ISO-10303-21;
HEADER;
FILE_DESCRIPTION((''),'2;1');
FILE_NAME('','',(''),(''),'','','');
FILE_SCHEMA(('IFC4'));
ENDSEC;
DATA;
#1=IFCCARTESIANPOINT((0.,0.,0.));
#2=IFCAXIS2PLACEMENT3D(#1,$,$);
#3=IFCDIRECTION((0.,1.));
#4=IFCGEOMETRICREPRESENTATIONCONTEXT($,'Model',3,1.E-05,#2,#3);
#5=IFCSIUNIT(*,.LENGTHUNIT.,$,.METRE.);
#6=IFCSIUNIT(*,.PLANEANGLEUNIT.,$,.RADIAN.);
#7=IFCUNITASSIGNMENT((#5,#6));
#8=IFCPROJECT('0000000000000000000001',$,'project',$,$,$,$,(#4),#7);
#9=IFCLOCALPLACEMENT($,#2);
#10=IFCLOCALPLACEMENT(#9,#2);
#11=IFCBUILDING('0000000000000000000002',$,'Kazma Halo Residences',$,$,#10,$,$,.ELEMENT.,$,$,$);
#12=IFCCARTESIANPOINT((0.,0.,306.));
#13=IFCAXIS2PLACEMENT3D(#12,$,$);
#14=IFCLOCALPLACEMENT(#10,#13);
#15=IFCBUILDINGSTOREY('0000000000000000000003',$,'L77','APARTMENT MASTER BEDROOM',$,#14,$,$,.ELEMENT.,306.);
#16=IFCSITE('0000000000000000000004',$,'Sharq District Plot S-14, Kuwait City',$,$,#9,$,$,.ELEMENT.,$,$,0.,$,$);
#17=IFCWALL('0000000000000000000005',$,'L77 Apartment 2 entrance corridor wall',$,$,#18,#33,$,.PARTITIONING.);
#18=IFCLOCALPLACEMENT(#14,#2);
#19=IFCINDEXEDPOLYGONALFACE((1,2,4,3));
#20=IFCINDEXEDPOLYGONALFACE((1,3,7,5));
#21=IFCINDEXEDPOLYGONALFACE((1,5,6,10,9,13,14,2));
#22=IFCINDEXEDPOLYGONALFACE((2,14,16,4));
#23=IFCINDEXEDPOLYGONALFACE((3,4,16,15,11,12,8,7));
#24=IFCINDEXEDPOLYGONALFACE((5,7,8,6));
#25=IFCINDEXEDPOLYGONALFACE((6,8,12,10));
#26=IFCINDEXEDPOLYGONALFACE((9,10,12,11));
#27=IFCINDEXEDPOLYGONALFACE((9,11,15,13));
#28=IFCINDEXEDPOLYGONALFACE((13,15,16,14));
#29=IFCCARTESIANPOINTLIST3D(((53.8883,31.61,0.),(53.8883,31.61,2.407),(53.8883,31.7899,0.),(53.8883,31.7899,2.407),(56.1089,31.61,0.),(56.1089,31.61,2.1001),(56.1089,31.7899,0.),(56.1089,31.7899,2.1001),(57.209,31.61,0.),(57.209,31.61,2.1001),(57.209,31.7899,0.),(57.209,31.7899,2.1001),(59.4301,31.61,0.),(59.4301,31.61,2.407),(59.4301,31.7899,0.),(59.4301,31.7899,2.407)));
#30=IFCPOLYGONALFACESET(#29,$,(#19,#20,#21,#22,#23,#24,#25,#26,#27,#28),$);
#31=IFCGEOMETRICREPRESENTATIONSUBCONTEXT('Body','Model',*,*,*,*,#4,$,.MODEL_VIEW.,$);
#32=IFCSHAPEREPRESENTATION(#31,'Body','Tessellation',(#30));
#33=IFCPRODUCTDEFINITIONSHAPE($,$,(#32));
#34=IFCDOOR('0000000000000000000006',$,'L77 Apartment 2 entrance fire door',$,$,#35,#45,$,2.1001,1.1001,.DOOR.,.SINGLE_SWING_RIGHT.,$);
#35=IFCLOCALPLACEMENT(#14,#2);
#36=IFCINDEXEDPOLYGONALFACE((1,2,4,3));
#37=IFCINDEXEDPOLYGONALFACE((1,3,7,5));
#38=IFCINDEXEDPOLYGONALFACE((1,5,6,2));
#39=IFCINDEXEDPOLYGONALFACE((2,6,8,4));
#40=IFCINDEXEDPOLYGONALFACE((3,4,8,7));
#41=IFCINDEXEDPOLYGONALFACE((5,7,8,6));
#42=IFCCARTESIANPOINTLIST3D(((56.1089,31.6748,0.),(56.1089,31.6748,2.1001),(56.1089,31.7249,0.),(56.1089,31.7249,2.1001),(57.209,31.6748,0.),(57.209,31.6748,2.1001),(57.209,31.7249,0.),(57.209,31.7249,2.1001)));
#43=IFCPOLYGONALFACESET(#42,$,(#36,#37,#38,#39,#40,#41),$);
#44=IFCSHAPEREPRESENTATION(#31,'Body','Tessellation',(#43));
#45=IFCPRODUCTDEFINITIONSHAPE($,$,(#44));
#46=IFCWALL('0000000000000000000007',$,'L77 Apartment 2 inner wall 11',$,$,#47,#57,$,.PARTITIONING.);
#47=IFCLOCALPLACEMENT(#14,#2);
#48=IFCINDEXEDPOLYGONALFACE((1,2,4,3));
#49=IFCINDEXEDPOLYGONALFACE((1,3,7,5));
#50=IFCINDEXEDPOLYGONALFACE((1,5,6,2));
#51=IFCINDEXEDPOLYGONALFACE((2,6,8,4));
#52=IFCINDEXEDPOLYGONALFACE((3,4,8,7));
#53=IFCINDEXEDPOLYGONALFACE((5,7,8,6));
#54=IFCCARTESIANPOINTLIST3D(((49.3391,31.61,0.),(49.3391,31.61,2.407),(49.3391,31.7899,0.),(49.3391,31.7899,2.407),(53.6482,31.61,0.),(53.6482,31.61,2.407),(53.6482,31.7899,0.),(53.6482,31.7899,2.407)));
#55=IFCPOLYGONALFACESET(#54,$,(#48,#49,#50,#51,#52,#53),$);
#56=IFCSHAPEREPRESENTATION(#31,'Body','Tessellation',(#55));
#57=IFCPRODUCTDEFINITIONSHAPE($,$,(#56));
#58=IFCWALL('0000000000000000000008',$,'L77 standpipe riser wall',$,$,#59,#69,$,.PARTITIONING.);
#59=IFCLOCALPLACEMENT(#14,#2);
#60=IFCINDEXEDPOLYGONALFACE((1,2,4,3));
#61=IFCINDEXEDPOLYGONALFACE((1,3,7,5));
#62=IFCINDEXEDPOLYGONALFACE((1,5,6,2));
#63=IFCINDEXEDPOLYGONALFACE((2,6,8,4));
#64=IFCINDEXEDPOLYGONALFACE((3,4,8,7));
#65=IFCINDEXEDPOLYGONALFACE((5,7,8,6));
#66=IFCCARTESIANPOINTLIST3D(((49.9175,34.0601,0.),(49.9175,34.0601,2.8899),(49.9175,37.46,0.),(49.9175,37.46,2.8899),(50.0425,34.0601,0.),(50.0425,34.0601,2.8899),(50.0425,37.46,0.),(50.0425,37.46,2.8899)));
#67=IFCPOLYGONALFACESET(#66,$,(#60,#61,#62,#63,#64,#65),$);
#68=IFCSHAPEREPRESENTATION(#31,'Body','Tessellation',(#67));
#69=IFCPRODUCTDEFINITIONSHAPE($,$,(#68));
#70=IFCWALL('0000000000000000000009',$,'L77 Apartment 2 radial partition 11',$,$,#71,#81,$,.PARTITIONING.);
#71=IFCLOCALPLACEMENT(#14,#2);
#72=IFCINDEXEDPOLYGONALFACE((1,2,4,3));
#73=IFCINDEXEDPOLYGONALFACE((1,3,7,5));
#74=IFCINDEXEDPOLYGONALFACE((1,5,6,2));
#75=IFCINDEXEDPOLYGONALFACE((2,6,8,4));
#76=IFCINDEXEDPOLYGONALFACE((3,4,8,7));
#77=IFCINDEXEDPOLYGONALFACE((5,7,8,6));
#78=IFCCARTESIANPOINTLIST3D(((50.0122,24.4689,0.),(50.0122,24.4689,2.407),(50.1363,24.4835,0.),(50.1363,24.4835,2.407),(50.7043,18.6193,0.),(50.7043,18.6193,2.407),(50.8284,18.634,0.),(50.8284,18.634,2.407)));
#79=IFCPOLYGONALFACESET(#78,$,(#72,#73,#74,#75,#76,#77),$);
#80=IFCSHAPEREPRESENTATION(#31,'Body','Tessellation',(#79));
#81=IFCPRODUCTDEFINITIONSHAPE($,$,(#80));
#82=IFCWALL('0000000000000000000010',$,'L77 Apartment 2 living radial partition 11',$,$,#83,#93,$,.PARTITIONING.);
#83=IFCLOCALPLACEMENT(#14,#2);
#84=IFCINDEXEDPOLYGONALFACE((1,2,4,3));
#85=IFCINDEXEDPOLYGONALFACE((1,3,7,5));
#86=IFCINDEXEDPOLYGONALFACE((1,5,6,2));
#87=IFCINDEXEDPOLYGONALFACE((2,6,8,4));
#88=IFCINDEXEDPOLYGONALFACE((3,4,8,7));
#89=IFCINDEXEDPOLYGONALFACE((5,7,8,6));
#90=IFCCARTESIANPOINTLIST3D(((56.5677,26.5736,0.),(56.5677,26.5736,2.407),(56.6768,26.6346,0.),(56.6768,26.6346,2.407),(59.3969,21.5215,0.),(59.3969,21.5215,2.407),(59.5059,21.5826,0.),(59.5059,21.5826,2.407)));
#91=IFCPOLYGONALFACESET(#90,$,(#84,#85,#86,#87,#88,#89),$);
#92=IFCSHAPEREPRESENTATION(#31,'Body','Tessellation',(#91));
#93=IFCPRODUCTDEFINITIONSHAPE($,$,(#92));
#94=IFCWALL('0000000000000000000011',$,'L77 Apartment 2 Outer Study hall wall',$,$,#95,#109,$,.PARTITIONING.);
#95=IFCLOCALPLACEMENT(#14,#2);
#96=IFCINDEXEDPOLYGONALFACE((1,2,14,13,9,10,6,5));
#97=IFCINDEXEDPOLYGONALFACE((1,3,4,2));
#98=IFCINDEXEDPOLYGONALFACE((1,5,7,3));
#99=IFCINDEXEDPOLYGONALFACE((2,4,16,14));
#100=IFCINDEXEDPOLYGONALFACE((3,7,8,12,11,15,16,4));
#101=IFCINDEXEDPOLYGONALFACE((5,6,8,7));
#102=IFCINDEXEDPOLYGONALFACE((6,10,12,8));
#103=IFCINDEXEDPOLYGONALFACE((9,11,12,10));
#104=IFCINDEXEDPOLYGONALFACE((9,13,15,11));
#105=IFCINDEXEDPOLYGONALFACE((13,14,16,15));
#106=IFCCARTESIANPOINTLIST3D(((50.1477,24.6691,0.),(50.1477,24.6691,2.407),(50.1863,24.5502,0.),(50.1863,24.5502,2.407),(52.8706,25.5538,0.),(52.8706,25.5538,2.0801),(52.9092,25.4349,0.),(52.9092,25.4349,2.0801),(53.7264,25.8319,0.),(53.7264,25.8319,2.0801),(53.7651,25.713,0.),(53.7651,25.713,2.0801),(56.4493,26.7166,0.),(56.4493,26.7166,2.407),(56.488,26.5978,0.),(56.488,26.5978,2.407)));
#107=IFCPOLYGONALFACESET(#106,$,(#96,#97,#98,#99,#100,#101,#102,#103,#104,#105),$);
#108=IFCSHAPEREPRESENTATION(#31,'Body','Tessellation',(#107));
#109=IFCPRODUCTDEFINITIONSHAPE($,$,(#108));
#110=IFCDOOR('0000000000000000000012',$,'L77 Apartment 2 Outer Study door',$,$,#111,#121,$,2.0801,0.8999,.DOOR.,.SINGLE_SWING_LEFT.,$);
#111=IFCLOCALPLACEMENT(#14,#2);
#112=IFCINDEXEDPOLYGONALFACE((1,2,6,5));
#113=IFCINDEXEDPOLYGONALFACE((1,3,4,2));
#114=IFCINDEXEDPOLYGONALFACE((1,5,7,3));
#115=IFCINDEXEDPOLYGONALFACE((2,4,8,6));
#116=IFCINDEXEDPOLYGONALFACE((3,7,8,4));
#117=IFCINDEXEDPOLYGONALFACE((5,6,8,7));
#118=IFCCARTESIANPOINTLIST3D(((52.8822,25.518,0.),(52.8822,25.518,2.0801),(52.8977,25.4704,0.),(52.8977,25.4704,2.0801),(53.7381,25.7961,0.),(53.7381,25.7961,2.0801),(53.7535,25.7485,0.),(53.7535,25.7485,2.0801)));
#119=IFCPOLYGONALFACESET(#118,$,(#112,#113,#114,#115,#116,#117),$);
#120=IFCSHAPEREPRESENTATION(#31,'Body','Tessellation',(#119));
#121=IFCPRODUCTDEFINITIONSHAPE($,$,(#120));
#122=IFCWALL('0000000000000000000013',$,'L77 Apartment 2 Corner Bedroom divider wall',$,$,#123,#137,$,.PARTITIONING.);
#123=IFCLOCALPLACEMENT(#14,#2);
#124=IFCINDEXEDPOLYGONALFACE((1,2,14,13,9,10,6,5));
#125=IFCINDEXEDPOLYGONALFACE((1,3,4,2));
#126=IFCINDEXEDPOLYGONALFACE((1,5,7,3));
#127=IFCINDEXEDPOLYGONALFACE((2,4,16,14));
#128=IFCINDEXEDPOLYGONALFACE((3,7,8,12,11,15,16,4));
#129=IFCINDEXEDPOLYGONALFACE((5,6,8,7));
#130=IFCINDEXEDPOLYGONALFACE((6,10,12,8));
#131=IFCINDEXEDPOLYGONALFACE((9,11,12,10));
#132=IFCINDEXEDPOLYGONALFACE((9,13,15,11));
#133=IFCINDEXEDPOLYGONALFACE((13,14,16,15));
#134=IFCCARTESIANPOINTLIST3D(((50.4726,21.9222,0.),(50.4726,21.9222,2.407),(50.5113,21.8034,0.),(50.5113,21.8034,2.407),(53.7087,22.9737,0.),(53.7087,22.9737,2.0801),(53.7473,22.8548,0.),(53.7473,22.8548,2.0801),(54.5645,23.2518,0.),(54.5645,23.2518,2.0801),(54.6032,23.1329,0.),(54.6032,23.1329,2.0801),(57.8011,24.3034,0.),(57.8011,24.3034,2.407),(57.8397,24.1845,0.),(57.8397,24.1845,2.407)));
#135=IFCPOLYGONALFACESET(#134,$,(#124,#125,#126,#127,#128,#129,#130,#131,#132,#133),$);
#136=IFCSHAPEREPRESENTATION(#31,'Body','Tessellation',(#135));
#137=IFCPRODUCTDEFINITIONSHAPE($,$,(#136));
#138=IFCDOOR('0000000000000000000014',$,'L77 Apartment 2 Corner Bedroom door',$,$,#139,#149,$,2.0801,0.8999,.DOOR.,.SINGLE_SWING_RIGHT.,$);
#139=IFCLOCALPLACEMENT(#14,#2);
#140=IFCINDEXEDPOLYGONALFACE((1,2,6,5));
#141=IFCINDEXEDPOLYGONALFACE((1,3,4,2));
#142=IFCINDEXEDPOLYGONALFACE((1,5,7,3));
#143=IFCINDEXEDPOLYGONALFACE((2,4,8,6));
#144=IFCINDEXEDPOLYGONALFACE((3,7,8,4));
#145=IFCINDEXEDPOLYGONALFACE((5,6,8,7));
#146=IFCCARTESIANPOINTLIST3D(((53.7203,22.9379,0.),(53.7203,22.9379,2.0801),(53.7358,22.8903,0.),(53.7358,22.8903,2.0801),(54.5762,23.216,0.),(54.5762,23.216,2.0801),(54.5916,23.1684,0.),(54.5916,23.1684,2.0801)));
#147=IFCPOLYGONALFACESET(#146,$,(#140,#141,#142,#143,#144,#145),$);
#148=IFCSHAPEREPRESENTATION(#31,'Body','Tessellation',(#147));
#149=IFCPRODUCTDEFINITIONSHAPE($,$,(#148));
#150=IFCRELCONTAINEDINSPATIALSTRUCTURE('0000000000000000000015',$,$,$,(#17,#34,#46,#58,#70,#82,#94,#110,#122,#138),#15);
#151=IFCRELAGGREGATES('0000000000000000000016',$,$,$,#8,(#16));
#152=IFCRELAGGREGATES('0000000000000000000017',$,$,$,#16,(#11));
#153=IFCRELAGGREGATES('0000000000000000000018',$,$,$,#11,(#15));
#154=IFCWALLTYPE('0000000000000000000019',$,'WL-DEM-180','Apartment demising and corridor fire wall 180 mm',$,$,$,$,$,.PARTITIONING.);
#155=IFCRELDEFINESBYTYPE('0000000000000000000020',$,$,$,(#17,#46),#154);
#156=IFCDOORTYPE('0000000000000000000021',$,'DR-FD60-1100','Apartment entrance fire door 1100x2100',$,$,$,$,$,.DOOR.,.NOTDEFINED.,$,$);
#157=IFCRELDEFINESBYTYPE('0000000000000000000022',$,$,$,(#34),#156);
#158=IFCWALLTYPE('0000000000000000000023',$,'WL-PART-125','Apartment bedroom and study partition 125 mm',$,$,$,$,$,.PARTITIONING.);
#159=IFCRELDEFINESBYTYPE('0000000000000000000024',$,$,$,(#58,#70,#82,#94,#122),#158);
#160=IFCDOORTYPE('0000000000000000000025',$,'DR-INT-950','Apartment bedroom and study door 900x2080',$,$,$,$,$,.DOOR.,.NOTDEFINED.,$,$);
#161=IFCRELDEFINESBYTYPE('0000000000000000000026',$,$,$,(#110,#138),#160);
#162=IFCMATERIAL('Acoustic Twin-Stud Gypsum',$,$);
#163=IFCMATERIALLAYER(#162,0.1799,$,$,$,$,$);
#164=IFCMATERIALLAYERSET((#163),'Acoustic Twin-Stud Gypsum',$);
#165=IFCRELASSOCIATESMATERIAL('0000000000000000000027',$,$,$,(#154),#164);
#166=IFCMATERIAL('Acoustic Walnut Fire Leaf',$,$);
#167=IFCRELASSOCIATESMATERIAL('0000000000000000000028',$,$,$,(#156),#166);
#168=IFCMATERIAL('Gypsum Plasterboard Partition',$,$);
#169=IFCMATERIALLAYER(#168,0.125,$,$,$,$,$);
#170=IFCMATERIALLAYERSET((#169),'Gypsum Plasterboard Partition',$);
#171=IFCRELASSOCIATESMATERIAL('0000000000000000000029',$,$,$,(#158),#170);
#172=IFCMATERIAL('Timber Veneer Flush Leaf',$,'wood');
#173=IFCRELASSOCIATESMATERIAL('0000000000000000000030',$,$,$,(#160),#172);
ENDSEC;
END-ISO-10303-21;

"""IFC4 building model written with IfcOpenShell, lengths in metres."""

from ifc_helpers import new_model, si_unit, direction, frame, frame_2d, origin, place, context, subcontext, project, spatial, rectangle, extrude, material, layer, layer_set, type_object, element, fill, save


model = new_model("IFC4")

# Units and contexts
model_context = context("Model", 3, precision=1e-05, world=origin(), true_north=direction((0.0, 1.0)))
body_context = subcontext(model_context, "Body", "Model", "MODEL_VIEW")
ifc_project = project(units=[si_unit("LENGTHUNIT", "METRE"), si_unit("PLANEANGLEUNIT", "RADIAN")], contexts=[model_context])

# Site, building, storey
site_placement = place(None, origin())
site = spatial("IfcSite", under=ifc_project, at=site_placement, Name="Sharq District Plot S-14, Kuwait City", CompositionType="ELEMENT", RefElevation=0.0)
building_placement = place(site_placement, origin())
building = spatial("IfcBuilding", under=site, at=building_placement, Name="Kazma Halo Residences", CompositionType="ELEMENT")
storey_placement = place(building_placement, frame((0.0, 0.0, 306.0)))
storey = spatial("IfcBuildingStorey", under=building, at=storey_placement, Name="L77", Description="APARTMENT MASTER BEDROOM", CompositionType="ELEMENT", Elevation=306.0)

# Wall, opening, door
ifc_material_1 = material(Name="Acoustic Twin-Stud Gypsum")
ifc_layer_1 = layer(ifc_material_1, 0.1799)
ifc_layer_set_1 = layer_set([ifc_layer_1], Name="Acoustic Twin-Stud Gypsum")
wall_type_1 = type_object("IfcWallType", Name="WL-DEM-180", Description="Apartment demising and corridor fire wall 180 mm", PredefinedType="PARTITIONING", material=ifc_layer_set_1)
wall_1_placement = place(storey_placement, frame((53.8882, 31.7, 0.0), z_axis=(0.0, 0.0, 1.0), x_axis=(1.0, 0.0, 0.0)))
wall_1 = element("IfcWall", 1, at=wall_1_placement, inside=storey, type_object=wall_type_1, Name="L77 Apartment 2 entrance corridor wall", PredefinedType="PARTITIONING", context=body_context, shape_type="SweptSolid", body=[
    extrude(rectangle(XDim=5.5417, YDim=0.1799, at=frame_2d((2.771, 0.0))), origin(), (0.0, 0.0, 1.0), 2.407),
])
opening_1_placement = place(wall_1_placement, frame((2.2207, 0.0, 0.0)))
opening_1 = element("IfcOpeningElement", 2, at=opening_1_placement, cuts=wall_1, PredefinedType="OPENING", context=body_context, shape_type="SweptSolid", body=[
    extrude(rectangle(XDim=1.1001, YDim=2.1001, at=frame_2d((0.55, 1.05))), frame((0.0, 0.0999, 0.0), z_axis=(0.0, -1.0, 0.0), x_axis=(1.0, 0.0, 0.0)), (0.0, 0.0, 1.0), 0.2),
])
ifc_material_2 = material(Name="Acoustic Walnut Fire Leaf")
door_type_1 = type_object("IfcDoorType", Name="DR-FD60-1100", Description="Apartment entrance fire door 1100x2100", OperationType="NOTDEFINED", PredefinedType="DOOR", material=ifc_material_2)
door_1_placement = place(opening_1_placement, origin())
door_1 = element("IfcDoor", 3, at=door_1_placement, inside=storey, type_object=door_type_1, Name="L77 Apartment 2 entrance fire door", OperationType="SINGLE_SWING_RIGHT", OverallHeight=2.1001, OverallWidth=1.1001, PredefinedType="DOOR", context=body_context, shape_type="SweptSolid", body=[
    extrude(rectangle(XDim=1.1001, YDim=2.1001, at=frame_2d((0.55, 1.05))), frame((0.0, 0.0249, 0.0), z_axis=(0.0, -1.0, 0.0), x_axis=(1.0, 0.0, 0.0)), (0.0, 0.0, 1.0), 0.05),
])
fill(opening_1, door_1)

# Wall
wall_2_placement = place(storey_placement, frame((49.3391, 31.7, 0.0), z_axis=(0.0, 0.0, 1.0), x_axis=(1.0, 0.0, 0.0)))
element("IfcWall", 4, at=wall_2_placement, inside=storey, type_object=wall_type_1, Name="L77 Apartment 2 inner wall 11", PredefinedType="PARTITIONING", context=body_context, shape_type="SweptSolid", body=[
    extrude(rectangle(XDim=4.3091, YDim=0.1799, at=frame_2d((2.1545, 0.0))), origin(), (0.0, 0.0, 1.0), 2.407),
])

# Walls
ifc_material_3 = material(Name="Gypsum Plasterboard Partition")
ifc_layer_2 = layer(ifc_material_3, 0.125)
ifc_layer_set_2 = layer_set([ifc_layer_2], Name="Gypsum Plasterboard Partition")
wall_type_2 = type_object("IfcWallType", Name="WL-PART-125", Description="Apartment bedroom and study partition 125 mm", PredefinedType="PARTITIONING", material=ifc_layer_set_2)
wall_3_placement = place(storey_placement, frame((49.98, 34.0601, 0.0), z_axis=(0.0, 0.0, 1.0), x_axis=(0.0, 1.0, 0.0)))
element("IfcWall", 5, at=wall_3_placement, inside=storey, type_object=wall_type_2, Name="L77 standpipe riser wall", PredefinedType="PARTITIONING", context=body_context, shape_type="SweptSolid", body=[
    extrude(rectangle(XDim=3.3999, YDim=0.125, at=frame_2d((1.7, 0.0))), origin(), (0.0, 0.0, 1.0), 2.8899),
])
wall_4_placement = place(storey_placement, frame((50.0742, 24.4763, 0.0), z_axis=(0.0, 0.0, 1.0), x_axis=(0.117503, -0.993073, 0.0)))
element("IfcWall", 6, at=wall_4_placement, inside=storey, type_object=wall_type_2, Name="L77 Apartment 2 radial partition 11", PredefinedType="PARTITIONING", context=body_context, shape_type="SweptSolid", body=[
    extrude(rectangle(XDim=5.8904, YDim=0.125, at=frame_2d((2.9453, 0.0))), origin(), (0.0, 0.0, 1.0), 2.407),
])
wall_5_placement = place(storey_placement, frame((56.6223, 26.604, 0.0), z_axis=(0.0, 0.0, 1.0), x_axis=(0.488601, -0.872507, 0.0)))
element("IfcWall", 7, at=wall_5_placement, inside=storey, type_object=wall_type_2, Name="L77 Apartment 2 living radial partition 11", PredefinedType="PARTITIONING", context=body_context, shape_type="SweptSolid", body=[
    extrude(rectangle(XDim=5.7903, YDim=0.125, at=frame_2d((2.895, 0.0))), origin(), (0.0, 0.0, 1.0), 2.407),
])

# Walls, openings, doors
wall_6_placement = place(storey_placement, frame((50.167, 24.6096, 0.0), z_axis=(0.0, 0.0, 1.0), x_axis=(0.951055, 0.309023, 0.0)))
wall_6 = element("IfcWall", 8, at=wall_6_placement, inside=storey, type_object=wall_type_2, Name="L77 Apartment 2 Outer Study hall wall", PredefinedType="PARTITIONING", context=body_context, shape_type="SweptSolid", body=[
    extrude(rectangle(XDim=6.626, YDim=0.125, at=frame_2d((3.313, 0.0))), origin(), (0.0, 0.0, 1.0), 2.407),
])
opening_2_placement = place(wall_6_placement, frame((2.863, 0.0, 0.0)))
opening_2 = element("IfcOpeningElement", 9, at=opening_2_placement, cuts=wall_6, PredefinedType="OPENING", context=body_context, shape_type="SweptSolid", body=[
    extrude(rectangle(XDim=0.8999, YDim=2.0801, at=frame_2d((0.45, 1.04))), frame((0.0, 0.0725, 0.0), z_axis=(0.0, -1.0, 0.0), x_axis=(1.0, 0.0, 0.0)), (0.0, 0.0, 1.0), 0.145),
])
ifc_material_4 = material(Name="Timber Veneer Flush Leaf", Category="wood")
door_type_2 = type_object("IfcDoorType", Name="DR-INT-950", Description="Apartment bedroom and study door 900x2080", OperationType="NOTDEFINED", PredefinedType="DOOR", material=ifc_material_4)
door_2_placement = place(opening_2_placement, origin())
door_2 = element("IfcDoor", 10, at=door_2_placement, inside=storey, type_object=door_type_2, Name="L77 Apartment 2 Outer Study door", OperationType="SINGLE_SWING_LEFT", OverallHeight=2.0801, OverallWidth=0.8999, PredefinedType="DOOR", context=body_context, shape_type="SweptSolid", body=[
    extrude(rectangle(XDim=0.8999, YDim=2.0801, at=frame_2d((0.45, 1.04))), frame((0.0, 0.0249, 0.0), z_axis=(0.0, -1.0, 0.0), x_axis=(1.0, 0.0, 0.0)), (0.0, 0.0, 1.0), 0.05),
])
fill(opening_2, door_2)
wall_7_placement = place(storey_placement, frame((50.4919, 21.8628, 0.0), z_axis=(0.0, 0.0, 1.0), x_axis=(0.951058, 0.309014, 0.0)))
wall_7 = element("IfcWall", 11, at=wall_7_placement, inside=storey, type_object=wall_type_2, Name="L77 Apartment 2 Corner Bedroom divider wall", PredefinedType="PARTITIONING", context=body_context, shape_type="SweptSolid", body=[
    extrude(rectangle(XDim=7.7056, YDim=0.125, at=frame_2d((3.8528, 0.0))), origin(), (0.0, 0.0, 1.0), 2.407),
])
opening_3_placement = place(wall_7_placement, frame((3.4026, 0.0, 0.0)))
opening_3 = element("IfcOpeningElement", 12, at=opening_3_placement, cuts=wall_7, PredefinedType="OPENING", context=body_context, shape_type="SweptSolid", body=[
    extrude(rectangle(XDim=0.8999, YDim=2.0801, at=frame_2d((0.45, 1.04))), frame((0.0, 0.0725, 0.0), z_axis=(0.0, -1.0, 0.0), x_axis=(1.0, 0.0, 0.0)), (0.0, 0.0, 1.0), 0.145),
])
door_3_placement = place(opening_3_placement, origin())
door_3 = element("IfcDoor", 13, at=door_3_placement, inside=storey, type_object=door_type_2, Name="L77 Apartment 2 Corner Bedroom door", OperationType="SINGLE_SWING_RIGHT", OverallHeight=2.0801, OverallWidth=0.8999, PredefinedType="DOOR", context=body_context, shape_type="SweptSolid", body=[
    extrude(rectangle(XDim=0.8999, YDim=2.0801, at=frame_2d((0.45, 1.04))), frame((0.0, 0.0249, 0.0), z_axis=(0.0, -1.0, 0.0), x_axis=(1.0, 0.0, 0.0)), (0.0, 0.0, 1.0), 0.05),
])
fill(opening_3, door_3)

save(model, "model.ifc")
